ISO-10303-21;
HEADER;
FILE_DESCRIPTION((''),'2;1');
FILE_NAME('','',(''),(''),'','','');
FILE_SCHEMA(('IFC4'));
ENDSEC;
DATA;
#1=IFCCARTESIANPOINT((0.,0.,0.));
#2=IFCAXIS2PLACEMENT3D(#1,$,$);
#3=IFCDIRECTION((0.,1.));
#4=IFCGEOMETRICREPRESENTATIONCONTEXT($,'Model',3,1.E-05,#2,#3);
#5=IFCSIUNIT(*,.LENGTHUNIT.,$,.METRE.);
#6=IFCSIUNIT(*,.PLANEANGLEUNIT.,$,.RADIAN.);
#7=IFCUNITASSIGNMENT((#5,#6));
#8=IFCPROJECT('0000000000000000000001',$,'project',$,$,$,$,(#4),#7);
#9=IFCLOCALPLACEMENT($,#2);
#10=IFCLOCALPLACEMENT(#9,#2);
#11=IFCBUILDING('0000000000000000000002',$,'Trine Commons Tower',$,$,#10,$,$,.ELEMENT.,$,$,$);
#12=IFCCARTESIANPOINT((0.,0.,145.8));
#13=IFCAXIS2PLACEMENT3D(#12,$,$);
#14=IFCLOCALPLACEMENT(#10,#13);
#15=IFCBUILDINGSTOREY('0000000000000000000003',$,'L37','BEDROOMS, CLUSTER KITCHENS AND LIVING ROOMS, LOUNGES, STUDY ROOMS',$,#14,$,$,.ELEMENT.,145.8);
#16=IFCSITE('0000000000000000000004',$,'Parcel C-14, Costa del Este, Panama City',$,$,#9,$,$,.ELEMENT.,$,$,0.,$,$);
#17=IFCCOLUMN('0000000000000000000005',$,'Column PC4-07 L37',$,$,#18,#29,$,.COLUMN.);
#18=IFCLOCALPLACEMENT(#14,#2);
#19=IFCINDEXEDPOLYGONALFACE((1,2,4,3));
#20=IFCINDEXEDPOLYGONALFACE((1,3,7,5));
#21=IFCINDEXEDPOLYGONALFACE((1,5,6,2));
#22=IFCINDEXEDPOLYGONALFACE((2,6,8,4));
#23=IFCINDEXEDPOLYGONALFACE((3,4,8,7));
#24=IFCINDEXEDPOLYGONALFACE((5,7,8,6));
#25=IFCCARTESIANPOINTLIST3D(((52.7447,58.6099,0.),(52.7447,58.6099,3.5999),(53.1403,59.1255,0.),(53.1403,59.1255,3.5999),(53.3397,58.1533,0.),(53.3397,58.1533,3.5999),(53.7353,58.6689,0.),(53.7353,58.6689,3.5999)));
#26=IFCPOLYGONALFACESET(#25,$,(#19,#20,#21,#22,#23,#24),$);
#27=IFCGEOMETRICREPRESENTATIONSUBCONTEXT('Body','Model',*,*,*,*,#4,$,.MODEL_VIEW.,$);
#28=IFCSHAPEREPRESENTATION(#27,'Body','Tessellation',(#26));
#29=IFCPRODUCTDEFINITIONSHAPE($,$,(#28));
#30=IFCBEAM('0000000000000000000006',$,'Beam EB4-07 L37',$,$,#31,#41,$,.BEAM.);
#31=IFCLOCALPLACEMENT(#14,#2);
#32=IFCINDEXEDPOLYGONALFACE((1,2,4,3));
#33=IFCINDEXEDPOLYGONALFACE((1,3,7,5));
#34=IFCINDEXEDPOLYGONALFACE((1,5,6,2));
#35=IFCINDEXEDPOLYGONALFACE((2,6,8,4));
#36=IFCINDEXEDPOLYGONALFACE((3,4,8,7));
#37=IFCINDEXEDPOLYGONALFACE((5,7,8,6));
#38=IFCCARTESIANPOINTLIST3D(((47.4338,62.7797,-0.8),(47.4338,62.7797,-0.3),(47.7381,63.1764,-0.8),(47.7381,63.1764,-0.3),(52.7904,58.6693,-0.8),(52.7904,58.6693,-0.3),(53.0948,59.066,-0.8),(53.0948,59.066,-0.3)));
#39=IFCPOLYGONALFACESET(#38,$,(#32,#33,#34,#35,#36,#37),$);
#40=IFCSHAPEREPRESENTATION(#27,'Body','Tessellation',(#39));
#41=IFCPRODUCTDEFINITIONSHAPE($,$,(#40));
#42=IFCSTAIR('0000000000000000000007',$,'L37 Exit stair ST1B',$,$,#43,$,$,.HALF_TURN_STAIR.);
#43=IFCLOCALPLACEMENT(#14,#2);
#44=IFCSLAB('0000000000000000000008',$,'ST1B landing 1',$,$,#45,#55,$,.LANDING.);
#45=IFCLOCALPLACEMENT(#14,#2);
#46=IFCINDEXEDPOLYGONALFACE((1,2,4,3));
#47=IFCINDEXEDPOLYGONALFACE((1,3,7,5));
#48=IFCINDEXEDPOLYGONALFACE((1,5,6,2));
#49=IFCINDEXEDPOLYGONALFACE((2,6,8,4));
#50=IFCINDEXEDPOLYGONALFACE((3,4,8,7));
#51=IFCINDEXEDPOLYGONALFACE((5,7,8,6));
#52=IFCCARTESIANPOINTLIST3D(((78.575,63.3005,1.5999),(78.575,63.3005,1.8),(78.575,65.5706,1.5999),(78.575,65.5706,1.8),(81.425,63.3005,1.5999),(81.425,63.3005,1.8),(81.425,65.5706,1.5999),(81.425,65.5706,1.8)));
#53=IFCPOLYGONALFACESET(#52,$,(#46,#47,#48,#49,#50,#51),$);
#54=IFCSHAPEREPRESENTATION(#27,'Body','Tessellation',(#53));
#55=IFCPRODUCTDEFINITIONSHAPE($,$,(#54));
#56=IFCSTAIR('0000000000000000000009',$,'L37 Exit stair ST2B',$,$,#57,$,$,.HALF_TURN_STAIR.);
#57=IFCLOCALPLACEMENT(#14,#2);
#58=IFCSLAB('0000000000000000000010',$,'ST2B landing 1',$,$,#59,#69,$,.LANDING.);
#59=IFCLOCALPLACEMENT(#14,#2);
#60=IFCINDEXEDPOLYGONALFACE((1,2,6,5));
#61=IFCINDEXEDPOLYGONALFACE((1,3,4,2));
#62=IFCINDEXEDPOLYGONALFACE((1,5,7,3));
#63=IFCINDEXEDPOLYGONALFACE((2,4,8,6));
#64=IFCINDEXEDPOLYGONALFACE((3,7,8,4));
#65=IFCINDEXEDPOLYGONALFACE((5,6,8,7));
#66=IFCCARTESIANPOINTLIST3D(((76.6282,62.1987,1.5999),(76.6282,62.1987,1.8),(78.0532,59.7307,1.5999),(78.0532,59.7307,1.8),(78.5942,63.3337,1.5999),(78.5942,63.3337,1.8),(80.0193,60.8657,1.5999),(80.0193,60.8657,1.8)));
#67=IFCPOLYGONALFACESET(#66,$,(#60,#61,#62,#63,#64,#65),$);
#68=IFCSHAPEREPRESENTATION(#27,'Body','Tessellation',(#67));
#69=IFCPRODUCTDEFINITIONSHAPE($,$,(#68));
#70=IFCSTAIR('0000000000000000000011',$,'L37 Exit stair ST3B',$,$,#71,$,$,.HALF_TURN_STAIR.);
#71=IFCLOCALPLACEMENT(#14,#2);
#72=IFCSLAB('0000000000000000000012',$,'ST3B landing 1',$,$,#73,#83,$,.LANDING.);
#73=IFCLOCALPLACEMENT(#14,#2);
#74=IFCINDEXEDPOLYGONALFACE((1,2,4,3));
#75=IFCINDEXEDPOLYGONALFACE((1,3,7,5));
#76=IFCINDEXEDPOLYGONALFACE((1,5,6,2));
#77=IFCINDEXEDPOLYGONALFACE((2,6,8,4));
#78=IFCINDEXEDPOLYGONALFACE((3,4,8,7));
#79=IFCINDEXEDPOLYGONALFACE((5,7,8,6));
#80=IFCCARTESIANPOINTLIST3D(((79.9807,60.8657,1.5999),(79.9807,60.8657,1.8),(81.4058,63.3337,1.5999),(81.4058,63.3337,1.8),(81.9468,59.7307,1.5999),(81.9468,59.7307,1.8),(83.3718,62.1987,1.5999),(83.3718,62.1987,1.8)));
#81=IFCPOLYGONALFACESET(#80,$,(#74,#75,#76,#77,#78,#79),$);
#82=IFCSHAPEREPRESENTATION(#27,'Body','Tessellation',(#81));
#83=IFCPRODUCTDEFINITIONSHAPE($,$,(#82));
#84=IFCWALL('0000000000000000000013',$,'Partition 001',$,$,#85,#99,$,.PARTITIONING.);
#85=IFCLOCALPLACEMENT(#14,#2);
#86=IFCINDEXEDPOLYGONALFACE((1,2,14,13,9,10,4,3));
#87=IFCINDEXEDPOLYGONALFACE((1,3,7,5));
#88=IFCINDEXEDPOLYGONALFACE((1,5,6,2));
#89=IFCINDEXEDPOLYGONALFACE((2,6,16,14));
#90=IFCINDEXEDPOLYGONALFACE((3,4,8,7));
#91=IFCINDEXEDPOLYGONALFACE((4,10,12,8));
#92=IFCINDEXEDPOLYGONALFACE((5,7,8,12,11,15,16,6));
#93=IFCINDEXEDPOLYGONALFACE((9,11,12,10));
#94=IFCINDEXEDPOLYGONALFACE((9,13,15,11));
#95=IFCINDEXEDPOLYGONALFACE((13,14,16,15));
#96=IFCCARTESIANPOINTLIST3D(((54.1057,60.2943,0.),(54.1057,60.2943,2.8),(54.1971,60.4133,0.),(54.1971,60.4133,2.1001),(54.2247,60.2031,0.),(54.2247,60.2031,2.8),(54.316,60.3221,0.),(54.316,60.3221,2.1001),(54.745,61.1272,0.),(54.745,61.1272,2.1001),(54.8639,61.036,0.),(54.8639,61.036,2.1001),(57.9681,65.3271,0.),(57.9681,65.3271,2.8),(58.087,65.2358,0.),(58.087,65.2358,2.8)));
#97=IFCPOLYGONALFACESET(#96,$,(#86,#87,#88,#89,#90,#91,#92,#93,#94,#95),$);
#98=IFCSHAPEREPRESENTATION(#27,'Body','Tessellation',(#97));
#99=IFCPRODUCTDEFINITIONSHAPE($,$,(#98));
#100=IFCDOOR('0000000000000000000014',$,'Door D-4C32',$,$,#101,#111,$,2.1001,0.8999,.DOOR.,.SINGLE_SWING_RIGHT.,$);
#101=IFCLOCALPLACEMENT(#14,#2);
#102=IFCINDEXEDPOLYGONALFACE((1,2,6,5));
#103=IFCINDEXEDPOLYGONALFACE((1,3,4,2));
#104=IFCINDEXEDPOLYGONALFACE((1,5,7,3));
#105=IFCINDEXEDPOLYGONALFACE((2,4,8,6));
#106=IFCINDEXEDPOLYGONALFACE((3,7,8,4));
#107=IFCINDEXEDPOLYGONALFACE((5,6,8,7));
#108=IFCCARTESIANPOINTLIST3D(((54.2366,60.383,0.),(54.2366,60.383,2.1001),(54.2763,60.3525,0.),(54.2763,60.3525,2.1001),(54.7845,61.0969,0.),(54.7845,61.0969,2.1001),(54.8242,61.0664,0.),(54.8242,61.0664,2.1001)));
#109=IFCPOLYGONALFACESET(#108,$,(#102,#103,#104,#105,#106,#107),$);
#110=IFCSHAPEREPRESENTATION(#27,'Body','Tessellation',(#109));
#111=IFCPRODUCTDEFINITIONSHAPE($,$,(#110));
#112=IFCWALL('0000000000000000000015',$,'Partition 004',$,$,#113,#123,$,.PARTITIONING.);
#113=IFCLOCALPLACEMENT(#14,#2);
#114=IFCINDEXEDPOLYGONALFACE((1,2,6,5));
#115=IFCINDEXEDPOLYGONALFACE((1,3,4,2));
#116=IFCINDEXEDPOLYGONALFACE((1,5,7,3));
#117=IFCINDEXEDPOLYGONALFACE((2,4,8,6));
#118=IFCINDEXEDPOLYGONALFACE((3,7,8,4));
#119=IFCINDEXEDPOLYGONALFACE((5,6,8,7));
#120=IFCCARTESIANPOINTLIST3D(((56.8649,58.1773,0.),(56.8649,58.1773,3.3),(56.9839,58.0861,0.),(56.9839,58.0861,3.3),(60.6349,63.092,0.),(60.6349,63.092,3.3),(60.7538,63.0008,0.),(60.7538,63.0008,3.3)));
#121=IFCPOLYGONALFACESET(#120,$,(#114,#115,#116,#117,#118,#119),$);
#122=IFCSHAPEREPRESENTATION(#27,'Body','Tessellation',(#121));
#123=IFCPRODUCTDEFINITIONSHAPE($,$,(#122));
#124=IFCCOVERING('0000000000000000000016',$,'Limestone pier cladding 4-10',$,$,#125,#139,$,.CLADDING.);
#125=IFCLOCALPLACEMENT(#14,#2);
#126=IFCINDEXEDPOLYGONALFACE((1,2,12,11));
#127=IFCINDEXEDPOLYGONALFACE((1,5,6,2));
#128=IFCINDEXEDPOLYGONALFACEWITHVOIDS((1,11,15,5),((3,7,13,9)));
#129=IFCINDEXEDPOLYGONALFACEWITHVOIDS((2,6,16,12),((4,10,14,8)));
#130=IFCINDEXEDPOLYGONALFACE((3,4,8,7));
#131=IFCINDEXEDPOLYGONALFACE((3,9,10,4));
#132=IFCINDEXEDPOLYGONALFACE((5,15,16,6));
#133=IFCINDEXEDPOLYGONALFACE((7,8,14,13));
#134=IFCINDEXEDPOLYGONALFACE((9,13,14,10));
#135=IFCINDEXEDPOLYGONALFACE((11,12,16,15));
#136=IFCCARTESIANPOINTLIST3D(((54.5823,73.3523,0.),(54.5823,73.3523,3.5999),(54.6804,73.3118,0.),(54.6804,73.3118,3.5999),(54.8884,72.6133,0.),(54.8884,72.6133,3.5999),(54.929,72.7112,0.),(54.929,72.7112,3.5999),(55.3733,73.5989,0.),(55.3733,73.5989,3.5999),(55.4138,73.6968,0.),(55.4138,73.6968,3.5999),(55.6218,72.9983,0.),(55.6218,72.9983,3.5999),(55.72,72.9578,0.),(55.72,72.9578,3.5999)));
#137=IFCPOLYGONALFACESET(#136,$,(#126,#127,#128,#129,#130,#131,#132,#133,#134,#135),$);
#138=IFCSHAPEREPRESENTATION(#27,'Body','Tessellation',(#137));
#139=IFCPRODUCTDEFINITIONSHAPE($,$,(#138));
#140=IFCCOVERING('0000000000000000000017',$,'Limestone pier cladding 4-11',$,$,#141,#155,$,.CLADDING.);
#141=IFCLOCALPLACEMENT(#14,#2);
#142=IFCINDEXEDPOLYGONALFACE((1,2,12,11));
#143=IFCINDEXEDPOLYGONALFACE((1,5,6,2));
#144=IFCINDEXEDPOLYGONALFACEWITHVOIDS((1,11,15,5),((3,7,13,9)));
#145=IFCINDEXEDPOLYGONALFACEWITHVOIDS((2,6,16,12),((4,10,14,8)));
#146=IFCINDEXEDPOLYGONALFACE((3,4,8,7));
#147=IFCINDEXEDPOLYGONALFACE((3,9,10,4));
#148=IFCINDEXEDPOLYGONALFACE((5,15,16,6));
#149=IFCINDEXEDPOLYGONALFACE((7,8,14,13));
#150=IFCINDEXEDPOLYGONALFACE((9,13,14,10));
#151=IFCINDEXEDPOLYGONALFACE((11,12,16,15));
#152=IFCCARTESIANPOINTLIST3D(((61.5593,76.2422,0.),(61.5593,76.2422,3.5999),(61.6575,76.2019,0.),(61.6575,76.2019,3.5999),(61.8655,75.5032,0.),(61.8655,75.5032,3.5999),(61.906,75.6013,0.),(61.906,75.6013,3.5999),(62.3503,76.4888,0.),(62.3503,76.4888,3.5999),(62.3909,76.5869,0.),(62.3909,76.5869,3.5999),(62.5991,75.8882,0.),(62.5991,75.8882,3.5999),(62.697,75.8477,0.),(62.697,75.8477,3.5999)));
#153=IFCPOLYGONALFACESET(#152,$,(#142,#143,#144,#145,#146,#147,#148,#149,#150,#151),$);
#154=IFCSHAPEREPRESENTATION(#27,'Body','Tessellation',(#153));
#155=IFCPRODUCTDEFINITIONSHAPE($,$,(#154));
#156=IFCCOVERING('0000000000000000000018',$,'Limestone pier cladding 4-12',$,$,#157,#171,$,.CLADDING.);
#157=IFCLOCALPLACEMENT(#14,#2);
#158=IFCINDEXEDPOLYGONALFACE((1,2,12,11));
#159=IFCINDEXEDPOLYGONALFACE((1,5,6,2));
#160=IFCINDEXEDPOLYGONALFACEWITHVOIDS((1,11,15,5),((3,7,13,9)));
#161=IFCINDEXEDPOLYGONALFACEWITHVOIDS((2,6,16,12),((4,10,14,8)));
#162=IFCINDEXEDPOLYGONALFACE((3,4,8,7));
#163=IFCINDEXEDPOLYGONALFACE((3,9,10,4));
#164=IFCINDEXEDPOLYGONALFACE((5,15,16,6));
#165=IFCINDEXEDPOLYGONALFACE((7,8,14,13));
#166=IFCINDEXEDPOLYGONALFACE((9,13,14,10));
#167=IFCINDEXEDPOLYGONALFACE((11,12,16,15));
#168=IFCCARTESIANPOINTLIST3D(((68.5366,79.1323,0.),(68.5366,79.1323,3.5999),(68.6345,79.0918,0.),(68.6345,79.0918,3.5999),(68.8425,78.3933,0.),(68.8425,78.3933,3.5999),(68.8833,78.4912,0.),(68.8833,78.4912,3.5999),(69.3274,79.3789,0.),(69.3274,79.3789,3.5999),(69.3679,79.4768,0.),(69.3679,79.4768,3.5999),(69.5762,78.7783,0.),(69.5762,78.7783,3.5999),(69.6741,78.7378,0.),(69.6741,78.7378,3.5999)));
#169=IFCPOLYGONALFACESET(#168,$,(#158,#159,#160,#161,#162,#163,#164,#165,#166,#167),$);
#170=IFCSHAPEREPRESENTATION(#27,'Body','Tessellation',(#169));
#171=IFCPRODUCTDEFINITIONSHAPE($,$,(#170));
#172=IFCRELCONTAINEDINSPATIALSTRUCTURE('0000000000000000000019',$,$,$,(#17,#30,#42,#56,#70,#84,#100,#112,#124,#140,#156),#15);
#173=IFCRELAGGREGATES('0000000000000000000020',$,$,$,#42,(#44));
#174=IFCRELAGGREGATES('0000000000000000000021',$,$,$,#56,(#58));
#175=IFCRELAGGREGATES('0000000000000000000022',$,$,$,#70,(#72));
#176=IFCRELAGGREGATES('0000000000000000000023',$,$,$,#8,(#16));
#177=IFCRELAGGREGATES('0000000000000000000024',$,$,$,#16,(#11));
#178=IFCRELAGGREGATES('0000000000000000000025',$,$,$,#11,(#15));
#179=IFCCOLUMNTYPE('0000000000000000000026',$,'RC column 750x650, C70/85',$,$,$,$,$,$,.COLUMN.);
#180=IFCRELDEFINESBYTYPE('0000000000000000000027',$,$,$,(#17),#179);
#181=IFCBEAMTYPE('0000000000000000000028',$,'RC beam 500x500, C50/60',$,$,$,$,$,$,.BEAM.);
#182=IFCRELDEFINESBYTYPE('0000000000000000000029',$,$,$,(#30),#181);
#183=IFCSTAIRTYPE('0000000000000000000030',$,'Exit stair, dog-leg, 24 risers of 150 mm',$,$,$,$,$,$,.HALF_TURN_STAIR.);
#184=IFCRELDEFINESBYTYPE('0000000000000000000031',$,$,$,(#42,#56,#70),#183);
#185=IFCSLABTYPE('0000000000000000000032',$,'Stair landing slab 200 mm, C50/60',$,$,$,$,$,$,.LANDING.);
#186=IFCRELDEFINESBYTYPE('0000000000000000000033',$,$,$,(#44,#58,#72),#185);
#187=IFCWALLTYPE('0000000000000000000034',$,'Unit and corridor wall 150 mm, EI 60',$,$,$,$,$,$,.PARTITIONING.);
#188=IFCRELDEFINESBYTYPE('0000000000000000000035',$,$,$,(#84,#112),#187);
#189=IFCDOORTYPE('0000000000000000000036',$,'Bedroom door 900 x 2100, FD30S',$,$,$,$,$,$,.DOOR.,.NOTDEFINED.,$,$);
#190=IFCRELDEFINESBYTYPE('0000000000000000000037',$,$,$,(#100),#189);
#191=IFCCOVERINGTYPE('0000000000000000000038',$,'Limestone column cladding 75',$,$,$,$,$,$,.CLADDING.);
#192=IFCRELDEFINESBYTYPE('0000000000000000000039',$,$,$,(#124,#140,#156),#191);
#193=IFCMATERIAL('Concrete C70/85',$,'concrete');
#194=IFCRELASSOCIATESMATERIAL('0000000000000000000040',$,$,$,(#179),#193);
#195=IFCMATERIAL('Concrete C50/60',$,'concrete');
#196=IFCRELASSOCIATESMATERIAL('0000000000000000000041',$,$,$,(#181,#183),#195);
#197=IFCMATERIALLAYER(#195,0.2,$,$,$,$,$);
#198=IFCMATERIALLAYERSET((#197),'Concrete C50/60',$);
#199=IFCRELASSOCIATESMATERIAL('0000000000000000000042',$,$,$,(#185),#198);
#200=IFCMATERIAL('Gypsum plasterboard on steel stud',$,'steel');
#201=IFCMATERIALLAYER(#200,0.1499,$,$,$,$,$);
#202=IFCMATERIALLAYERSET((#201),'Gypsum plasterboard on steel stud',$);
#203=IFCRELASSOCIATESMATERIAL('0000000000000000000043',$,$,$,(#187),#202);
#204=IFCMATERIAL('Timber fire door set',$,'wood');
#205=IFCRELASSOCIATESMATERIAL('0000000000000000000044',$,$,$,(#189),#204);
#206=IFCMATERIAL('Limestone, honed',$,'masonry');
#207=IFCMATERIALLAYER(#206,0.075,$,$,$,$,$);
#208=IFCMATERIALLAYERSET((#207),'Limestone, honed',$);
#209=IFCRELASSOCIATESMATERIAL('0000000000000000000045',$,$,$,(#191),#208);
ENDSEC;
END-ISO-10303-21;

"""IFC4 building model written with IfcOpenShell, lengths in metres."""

from ifc_helpers import new_model, si_unit, direction, frame, frame_2d, origin, origin_2d, place, context, subcontext, project, spatial, polyline, rectangle, outline, extrude, material, layer, layer_set, material_profile, profile_set, type_object, element, fill, aggregate, save


model = new_model("IFC4")

# Units and contexts
model_context = context("Model", 3, precision=1e-05, world=origin(), true_north=direction((0.0, 1.0)))
body_context = subcontext(model_context, "Body", "Model", "MODEL_VIEW")
ifc_project = project(units=[si_unit("LENGTHUNIT", "METRE"), si_unit("PLANEANGLEUNIT", "RADIAN")], contexts=[model_context])

# Site, building, storey
site_placement = place(None, origin())
site = spatial("IfcSite", under=ifc_project, at=site_placement, Name="Parcel C-14, Costa del Este, Panama City", CompositionType="ELEMENT", RefElevation=0.0)
building_placement = place(site_placement, origin())
building = spatial("IfcBuilding", under=site, at=building_placement, Name="Trine Commons Tower", CompositionType="ELEMENT")
storey_placement = place(building_placement, frame((0.0, 0.0, 145.8)))
storey = spatial("IfcBuildingStorey", under=building, at=storey_placement, Name="L37", Description="BEDROOMS, CLUSTER KITCHENS AND LIVING ROOMS, LOUNGES, STUDY ROOMS", CompositionType="ELEMENT", Elevation=145.8)

# Column
ifc_material_1 = material(Name="Concrete C70/85", Category="concrete")
ifc_material_profile_1 = material_profile(ifc_material_1, rectangle(XDim=0.75, YDim=0.6499, at=origin_2d()), Name="RC 750x650")
ifc_profile_set_1 = profile_set([ifc_material_profile_1], Name="Concrete C70/85")
column_type = type_object("IfcColumnType", Name="RC column 750x650, C70/85", PredefinedType="COLUMN", material=ifc_profile_set_1)
column_placement = place(storey_placement, frame((53.24, 58.6394, 0.0), z_axis=(0.0, 0.0, 1.0), x_axis=(-0.793353, 0.608761, 0.0)))
element("IfcColumn", 1, at=column_placement, inside=storey, type_object=column_type, Name="Column PC4-07 L37", PredefinedType="COLUMN", context=body_context, shape_type="SweptSolid", body=[
    extrude(rectangle(XDim=0.75, YDim=0.6499, at=origin_2d()), origin(), (0.0, 0.0, 1.0), 3.5999),
])

# Beam
ifc_material_2 = material(Name="Concrete C50/60", Category="concrete")
ifc_material_profile_2 = material_profile(ifc_material_2, rectangle(XDim=0.5, YDim=0.5, at=origin_2d()), Name="RC 500x500")
ifc_profile_set_2 = profile_set([ifc_material_profile_2], Name="Concrete C50/60")
beam_type = type_object("IfcBeamType", Name="RC beam 500x500, C50/60", PredefinedType="BEAM", material=ifc_profile_set_2)
beam_placement = place(storey_placement, frame((52.9426, 58.8677, -0.55), z_axis=(-0.793352, 0.608763, 0.0), x_axis=(-0.608763, -0.793352, 0.0)))
element("IfcBeam", 2, at=beam_placement, inside=storey, type_object=beam_type, Name="Beam EB4-07 L37", PredefinedType="BEAM", context=body_context, shape_type="SweptSolid", body=[
    extrude(rectangle(XDim=0.5, YDim=0.5, at=origin_2d()), origin(), (0.0, 0.0, 1.0), 6.752),
])

# Stairs, slabs
stair_type = type_object("IfcStairType", Name="Exit stair, dog-leg, 24 risers of 150 mm", PredefinedType="HALF_TURN_STAIR", material=ifc_material_2)
stair_1_placement = place(storey_placement, origin())
stair_1 = element("IfcStair", 3, at=stair_1_placement, inside=storey, type_object=stair_type, Name="L37 Exit stair ST1B", PredefinedType="HALF_TURN_STAIR")
ifc_layer_1 = layer(ifc_material_2, 0.2)
ifc_layer_set_1 = layer_set([ifc_layer_1], Name="Concrete C50/60")
slab_type = type_object("IfcSlabType", Name="Stair landing slab 200 mm, C50/60", PredefinedType="LANDING", material=ifc_layer_set_1)
slab_1_placement = place(storey_placement, frame((0.0, 0.0, 1.5999)))
slab_1 = element("IfcSlab", 4, at=slab_1_placement, type_object=slab_type, Name="ST1B landing 1", PredefinedType="LANDING", context=body_context, shape_type="SweptSolid", body=[
    extrude(outline(polyline([(78.575, 65.5706), (78.575, 63.3005), (81.425, 63.3005), (81.425, 65.5706), (78.575, 65.5706)])), origin(), (0.0, 0.0, 1.0), 0.2002),
])
aggregate(stair_1, [slab_1])
stair_2_placement = place(storey_placement, origin())
stair_2 = element("IfcStair", 5, at=stair_2_placement, inside=storey, type_object=stair_type, Name="L37 Exit stair ST2B", PredefinedType="HALF_TURN_STAIR")
slab_2_placement = place(storey_placement, frame((0.0, 0.0, 1.5999)))
slab_2 = element("IfcSlab", 6, at=slab_2_placement, type_object=slab_type, Name="ST2B landing 1", PredefinedType="LANDING", context=body_context, shape_type="SweptSolid", body=[
    extrude(outline(polyline([(78.0532, 59.7307), (80.0193, 60.8657), (78.5942, 63.3337), (76.6282, 62.1987), (78.0532, 59.7307)])), origin(), (0.0, 0.0, 1.0), 0.2002),
])
aggregate(stair_2, [slab_2])
stair_3_placement = place(storey_placement, origin())
stair_3 = element("IfcStair", 7, at=stair_3_placement, inside=storey, type_object=stair_type, Name="L37 Exit stair ST3B", PredefinedType="HALF_TURN_STAIR")
slab_3_placement = place(storey_placement, frame((0.0, 0.0, 1.5999)))
slab_3 = element("IfcSlab", 8, at=slab_3_placement, type_object=slab_type, Name="ST3B landing 1", PredefinedType="LANDING", context=body_context, shape_type="SweptSolid", body=[
    extrude(outline(polyline([(83.3718, 62.1987), (81.4058, 63.3337), (79.9807, 60.8657), (81.9468, 59.7307), (83.3718, 62.1987)])), origin(), (0.0, 0.0, 1.0), 0.2002),
])
aggregate(stair_3, [slab_3])

# Wall, opening, door
ifc_material_3 = material(Name="Gypsum plasterboard on steel stud", Category="steel")
ifc_layer_2 = layer(ifc_material_3, 0.1499)
ifc_layer_set_2 = layer_set([ifc_layer_2], Name="Gypsum plasterboard on steel stud")
wall_type = type_object("IfcWallType", Name="Unit and corridor wall 150 mm, EI 60", PredefinedType="PARTITIONING", material=ifc_layer_set_2)
wall_1_placement = place(storey_placement, frame((54.1653, 60.2488, 0.0), z_axis=(0.0, 0.0, 1.0), x_axis=(0.608818, 0.79331, 0.0)))
wall_1 = element("IfcWall", 9, at=wall_1_placement, inside=storey, type_object=wall_type, Name="Partition 001", PredefinedType="PARTITIONING", context=body_context, shape_type="SweptSolid", body=[
    extrude(rectangle(XDim=6.344, YDim=0.1499, at=frame_2d((3.1719, 0.0))), origin(), (0.0, 0.0, 1.0), 2.8),
])
opening_placement = place(wall_1_placement, frame((0.1499, 0.0, 0.0)))
opening = element("IfcOpeningElement", 10, at=opening_placement, cuts=wall_1, PredefinedType="OPENING", context=body_context, shape_type="SweptSolid", body=[
    extrude(rectangle(XDim=0.8999, YDim=2.1001, at=frame_2d((0.45, 1.05))), frame((0.0, 0.085, 0.0), z_axis=(0.0, -1.0, 0.0), x_axis=(1.0, 0.0, 0.0)), (0.0, 0.0, 1.0), 0.1699),
])
ifc_material_4 = material(Name="Timber fire door set", Category="wood")
door_type = type_object("IfcDoorType", Name="Bedroom door 900 x 2100, FD30S", OperationType="NOTDEFINED", PredefinedType="DOOR", material=ifc_material_4)
door_placement = place(opening_placement, frame((0.8999, 0.0, 0.0), z_axis=(0.0, 0.0, 1.0), x_axis=(-1.0, 0.0, 0.0)))
door = element("IfcDoor", 11, at=door_placement, inside=storey, type_object=door_type, Name="Door D-4C32", OperationType="SINGLE_SWING_RIGHT", OverallHeight=2.1001, OverallWidth=0.8999, PredefinedType="DOOR", context=body_context, shape_type="SweptSolid", body=[
    extrude(rectangle(XDim=0.8999, YDim=2.1001, at=frame_2d((0.45, 1.05))), frame((0.0, 0.0249, 0.0), z_axis=(0.0, -1.0, 0.0), x_axis=(1.0, 0.0, 0.0)), (0.0, 0.0, 1.0), 0.05),
])
fill(opening, door)

# Wall
wall_2_placement = place(storey_placement, frame((56.9243, 58.1316, 0.0), z_axis=(0.0, 0.0, 1.0), x_axis=(0.608636, 0.79345, 0.0)))
element("IfcWall", 12, at=wall_2_placement, inside=storey, type_object=wall_type, Name="Partition 004", PredefinedType="PARTITIONING", context=body_context, shape_type="SweptSolid", body=[
    extrude(rectangle(XDim=6.1941, YDim=0.1499, at=frame_2d((3.0972, 0.0))), origin(), (0.0, 0.0, 1.0), 3.3),
])

# Coverings
ifc_material_5 = material(Name="Limestone, honed", Category="masonry")
ifc_layer_3 = layer(ifc_material_5, 0.075)
ifc_layer_set_3 = layer_set([ifc_layer_3], Name="Limestone, honed")
covering_type_1 = type_object("IfcCoveringType", Name="Limestone column cladding 75", PredefinedType="CLADDING", material=ifc_layer_set_3)
covering_1_placement = place(storey_placement, origin())
element("IfcCovering", 13, at=covering_1_placement, inside=storey, type_object=covering_type_1, Name="Limestone pier cladding 4-10", PredefinedType="CLADDING", context=body_context, shape_type="SweptSolid", body=[
    extrude(outline(polyline([(55.72, 72.9578), (55.4138, 73.6968), (54.5823, 73.3523), (54.8884, 72.6133), (55.72, 72.9578)]), holes=[polyline([(55.6218, 72.9983), (55.3733, 73.5989), (54.6804, 73.3118), (54.929, 72.7112), (55.6218, 72.9983)])]), origin(), (0.0, 0.0, 1.0), 3.5999),
])
covering_2_placement = place(storey_placement, origin())
element("IfcCovering", 14, at=covering_2_placement, inside=storey, type_object=covering_type_1, Name="Limestone pier cladding 4-11", PredefinedType="CLADDING", context=body_context, shape_type="SweptSolid", body=[
    extrude(outline(polyline([(62.697, 75.8477), (62.3909, 76.5869), (61.5593, 76.2422), (61.8655, 75.5032), (62.697, 75.8477)]), holes=[polyline([(62.5991, 75.8882), (62.3503, 76.4888), (61.6575, 76.2019), (61.906, 75.6013), (62.5991, 75.8882)])]), origin(), (0.0, 0.0, 1.0), 3.5999),
])
covering_3_placement = place(storey_placement, origin())
element("IfcCovering", 15, at=covering_3_placement, inside=storey, type_object=covering_type_1, Name="Limestone pier cladding 4-12", PredefinedType="CLADDING", context=body_context, shape_type="SweptSolid", body=[
    extrude(outline(polyline([(69.6741, 78.7378), (69.3679, 79.4768), (68.5366, 79.1323), (68.8425, 78.3933), (69.6741, 78.7378)]), holes=[polyline([(69.5762, 78.7783), (69.3274, 79.3789), (68.6345, 79.0918), (68.8833, 78.4912), (69.5762, 78.7783)])]), origin(), (0.0, 0.0, 1.0), 3.5999),
])

save(model, "model.ifc")
